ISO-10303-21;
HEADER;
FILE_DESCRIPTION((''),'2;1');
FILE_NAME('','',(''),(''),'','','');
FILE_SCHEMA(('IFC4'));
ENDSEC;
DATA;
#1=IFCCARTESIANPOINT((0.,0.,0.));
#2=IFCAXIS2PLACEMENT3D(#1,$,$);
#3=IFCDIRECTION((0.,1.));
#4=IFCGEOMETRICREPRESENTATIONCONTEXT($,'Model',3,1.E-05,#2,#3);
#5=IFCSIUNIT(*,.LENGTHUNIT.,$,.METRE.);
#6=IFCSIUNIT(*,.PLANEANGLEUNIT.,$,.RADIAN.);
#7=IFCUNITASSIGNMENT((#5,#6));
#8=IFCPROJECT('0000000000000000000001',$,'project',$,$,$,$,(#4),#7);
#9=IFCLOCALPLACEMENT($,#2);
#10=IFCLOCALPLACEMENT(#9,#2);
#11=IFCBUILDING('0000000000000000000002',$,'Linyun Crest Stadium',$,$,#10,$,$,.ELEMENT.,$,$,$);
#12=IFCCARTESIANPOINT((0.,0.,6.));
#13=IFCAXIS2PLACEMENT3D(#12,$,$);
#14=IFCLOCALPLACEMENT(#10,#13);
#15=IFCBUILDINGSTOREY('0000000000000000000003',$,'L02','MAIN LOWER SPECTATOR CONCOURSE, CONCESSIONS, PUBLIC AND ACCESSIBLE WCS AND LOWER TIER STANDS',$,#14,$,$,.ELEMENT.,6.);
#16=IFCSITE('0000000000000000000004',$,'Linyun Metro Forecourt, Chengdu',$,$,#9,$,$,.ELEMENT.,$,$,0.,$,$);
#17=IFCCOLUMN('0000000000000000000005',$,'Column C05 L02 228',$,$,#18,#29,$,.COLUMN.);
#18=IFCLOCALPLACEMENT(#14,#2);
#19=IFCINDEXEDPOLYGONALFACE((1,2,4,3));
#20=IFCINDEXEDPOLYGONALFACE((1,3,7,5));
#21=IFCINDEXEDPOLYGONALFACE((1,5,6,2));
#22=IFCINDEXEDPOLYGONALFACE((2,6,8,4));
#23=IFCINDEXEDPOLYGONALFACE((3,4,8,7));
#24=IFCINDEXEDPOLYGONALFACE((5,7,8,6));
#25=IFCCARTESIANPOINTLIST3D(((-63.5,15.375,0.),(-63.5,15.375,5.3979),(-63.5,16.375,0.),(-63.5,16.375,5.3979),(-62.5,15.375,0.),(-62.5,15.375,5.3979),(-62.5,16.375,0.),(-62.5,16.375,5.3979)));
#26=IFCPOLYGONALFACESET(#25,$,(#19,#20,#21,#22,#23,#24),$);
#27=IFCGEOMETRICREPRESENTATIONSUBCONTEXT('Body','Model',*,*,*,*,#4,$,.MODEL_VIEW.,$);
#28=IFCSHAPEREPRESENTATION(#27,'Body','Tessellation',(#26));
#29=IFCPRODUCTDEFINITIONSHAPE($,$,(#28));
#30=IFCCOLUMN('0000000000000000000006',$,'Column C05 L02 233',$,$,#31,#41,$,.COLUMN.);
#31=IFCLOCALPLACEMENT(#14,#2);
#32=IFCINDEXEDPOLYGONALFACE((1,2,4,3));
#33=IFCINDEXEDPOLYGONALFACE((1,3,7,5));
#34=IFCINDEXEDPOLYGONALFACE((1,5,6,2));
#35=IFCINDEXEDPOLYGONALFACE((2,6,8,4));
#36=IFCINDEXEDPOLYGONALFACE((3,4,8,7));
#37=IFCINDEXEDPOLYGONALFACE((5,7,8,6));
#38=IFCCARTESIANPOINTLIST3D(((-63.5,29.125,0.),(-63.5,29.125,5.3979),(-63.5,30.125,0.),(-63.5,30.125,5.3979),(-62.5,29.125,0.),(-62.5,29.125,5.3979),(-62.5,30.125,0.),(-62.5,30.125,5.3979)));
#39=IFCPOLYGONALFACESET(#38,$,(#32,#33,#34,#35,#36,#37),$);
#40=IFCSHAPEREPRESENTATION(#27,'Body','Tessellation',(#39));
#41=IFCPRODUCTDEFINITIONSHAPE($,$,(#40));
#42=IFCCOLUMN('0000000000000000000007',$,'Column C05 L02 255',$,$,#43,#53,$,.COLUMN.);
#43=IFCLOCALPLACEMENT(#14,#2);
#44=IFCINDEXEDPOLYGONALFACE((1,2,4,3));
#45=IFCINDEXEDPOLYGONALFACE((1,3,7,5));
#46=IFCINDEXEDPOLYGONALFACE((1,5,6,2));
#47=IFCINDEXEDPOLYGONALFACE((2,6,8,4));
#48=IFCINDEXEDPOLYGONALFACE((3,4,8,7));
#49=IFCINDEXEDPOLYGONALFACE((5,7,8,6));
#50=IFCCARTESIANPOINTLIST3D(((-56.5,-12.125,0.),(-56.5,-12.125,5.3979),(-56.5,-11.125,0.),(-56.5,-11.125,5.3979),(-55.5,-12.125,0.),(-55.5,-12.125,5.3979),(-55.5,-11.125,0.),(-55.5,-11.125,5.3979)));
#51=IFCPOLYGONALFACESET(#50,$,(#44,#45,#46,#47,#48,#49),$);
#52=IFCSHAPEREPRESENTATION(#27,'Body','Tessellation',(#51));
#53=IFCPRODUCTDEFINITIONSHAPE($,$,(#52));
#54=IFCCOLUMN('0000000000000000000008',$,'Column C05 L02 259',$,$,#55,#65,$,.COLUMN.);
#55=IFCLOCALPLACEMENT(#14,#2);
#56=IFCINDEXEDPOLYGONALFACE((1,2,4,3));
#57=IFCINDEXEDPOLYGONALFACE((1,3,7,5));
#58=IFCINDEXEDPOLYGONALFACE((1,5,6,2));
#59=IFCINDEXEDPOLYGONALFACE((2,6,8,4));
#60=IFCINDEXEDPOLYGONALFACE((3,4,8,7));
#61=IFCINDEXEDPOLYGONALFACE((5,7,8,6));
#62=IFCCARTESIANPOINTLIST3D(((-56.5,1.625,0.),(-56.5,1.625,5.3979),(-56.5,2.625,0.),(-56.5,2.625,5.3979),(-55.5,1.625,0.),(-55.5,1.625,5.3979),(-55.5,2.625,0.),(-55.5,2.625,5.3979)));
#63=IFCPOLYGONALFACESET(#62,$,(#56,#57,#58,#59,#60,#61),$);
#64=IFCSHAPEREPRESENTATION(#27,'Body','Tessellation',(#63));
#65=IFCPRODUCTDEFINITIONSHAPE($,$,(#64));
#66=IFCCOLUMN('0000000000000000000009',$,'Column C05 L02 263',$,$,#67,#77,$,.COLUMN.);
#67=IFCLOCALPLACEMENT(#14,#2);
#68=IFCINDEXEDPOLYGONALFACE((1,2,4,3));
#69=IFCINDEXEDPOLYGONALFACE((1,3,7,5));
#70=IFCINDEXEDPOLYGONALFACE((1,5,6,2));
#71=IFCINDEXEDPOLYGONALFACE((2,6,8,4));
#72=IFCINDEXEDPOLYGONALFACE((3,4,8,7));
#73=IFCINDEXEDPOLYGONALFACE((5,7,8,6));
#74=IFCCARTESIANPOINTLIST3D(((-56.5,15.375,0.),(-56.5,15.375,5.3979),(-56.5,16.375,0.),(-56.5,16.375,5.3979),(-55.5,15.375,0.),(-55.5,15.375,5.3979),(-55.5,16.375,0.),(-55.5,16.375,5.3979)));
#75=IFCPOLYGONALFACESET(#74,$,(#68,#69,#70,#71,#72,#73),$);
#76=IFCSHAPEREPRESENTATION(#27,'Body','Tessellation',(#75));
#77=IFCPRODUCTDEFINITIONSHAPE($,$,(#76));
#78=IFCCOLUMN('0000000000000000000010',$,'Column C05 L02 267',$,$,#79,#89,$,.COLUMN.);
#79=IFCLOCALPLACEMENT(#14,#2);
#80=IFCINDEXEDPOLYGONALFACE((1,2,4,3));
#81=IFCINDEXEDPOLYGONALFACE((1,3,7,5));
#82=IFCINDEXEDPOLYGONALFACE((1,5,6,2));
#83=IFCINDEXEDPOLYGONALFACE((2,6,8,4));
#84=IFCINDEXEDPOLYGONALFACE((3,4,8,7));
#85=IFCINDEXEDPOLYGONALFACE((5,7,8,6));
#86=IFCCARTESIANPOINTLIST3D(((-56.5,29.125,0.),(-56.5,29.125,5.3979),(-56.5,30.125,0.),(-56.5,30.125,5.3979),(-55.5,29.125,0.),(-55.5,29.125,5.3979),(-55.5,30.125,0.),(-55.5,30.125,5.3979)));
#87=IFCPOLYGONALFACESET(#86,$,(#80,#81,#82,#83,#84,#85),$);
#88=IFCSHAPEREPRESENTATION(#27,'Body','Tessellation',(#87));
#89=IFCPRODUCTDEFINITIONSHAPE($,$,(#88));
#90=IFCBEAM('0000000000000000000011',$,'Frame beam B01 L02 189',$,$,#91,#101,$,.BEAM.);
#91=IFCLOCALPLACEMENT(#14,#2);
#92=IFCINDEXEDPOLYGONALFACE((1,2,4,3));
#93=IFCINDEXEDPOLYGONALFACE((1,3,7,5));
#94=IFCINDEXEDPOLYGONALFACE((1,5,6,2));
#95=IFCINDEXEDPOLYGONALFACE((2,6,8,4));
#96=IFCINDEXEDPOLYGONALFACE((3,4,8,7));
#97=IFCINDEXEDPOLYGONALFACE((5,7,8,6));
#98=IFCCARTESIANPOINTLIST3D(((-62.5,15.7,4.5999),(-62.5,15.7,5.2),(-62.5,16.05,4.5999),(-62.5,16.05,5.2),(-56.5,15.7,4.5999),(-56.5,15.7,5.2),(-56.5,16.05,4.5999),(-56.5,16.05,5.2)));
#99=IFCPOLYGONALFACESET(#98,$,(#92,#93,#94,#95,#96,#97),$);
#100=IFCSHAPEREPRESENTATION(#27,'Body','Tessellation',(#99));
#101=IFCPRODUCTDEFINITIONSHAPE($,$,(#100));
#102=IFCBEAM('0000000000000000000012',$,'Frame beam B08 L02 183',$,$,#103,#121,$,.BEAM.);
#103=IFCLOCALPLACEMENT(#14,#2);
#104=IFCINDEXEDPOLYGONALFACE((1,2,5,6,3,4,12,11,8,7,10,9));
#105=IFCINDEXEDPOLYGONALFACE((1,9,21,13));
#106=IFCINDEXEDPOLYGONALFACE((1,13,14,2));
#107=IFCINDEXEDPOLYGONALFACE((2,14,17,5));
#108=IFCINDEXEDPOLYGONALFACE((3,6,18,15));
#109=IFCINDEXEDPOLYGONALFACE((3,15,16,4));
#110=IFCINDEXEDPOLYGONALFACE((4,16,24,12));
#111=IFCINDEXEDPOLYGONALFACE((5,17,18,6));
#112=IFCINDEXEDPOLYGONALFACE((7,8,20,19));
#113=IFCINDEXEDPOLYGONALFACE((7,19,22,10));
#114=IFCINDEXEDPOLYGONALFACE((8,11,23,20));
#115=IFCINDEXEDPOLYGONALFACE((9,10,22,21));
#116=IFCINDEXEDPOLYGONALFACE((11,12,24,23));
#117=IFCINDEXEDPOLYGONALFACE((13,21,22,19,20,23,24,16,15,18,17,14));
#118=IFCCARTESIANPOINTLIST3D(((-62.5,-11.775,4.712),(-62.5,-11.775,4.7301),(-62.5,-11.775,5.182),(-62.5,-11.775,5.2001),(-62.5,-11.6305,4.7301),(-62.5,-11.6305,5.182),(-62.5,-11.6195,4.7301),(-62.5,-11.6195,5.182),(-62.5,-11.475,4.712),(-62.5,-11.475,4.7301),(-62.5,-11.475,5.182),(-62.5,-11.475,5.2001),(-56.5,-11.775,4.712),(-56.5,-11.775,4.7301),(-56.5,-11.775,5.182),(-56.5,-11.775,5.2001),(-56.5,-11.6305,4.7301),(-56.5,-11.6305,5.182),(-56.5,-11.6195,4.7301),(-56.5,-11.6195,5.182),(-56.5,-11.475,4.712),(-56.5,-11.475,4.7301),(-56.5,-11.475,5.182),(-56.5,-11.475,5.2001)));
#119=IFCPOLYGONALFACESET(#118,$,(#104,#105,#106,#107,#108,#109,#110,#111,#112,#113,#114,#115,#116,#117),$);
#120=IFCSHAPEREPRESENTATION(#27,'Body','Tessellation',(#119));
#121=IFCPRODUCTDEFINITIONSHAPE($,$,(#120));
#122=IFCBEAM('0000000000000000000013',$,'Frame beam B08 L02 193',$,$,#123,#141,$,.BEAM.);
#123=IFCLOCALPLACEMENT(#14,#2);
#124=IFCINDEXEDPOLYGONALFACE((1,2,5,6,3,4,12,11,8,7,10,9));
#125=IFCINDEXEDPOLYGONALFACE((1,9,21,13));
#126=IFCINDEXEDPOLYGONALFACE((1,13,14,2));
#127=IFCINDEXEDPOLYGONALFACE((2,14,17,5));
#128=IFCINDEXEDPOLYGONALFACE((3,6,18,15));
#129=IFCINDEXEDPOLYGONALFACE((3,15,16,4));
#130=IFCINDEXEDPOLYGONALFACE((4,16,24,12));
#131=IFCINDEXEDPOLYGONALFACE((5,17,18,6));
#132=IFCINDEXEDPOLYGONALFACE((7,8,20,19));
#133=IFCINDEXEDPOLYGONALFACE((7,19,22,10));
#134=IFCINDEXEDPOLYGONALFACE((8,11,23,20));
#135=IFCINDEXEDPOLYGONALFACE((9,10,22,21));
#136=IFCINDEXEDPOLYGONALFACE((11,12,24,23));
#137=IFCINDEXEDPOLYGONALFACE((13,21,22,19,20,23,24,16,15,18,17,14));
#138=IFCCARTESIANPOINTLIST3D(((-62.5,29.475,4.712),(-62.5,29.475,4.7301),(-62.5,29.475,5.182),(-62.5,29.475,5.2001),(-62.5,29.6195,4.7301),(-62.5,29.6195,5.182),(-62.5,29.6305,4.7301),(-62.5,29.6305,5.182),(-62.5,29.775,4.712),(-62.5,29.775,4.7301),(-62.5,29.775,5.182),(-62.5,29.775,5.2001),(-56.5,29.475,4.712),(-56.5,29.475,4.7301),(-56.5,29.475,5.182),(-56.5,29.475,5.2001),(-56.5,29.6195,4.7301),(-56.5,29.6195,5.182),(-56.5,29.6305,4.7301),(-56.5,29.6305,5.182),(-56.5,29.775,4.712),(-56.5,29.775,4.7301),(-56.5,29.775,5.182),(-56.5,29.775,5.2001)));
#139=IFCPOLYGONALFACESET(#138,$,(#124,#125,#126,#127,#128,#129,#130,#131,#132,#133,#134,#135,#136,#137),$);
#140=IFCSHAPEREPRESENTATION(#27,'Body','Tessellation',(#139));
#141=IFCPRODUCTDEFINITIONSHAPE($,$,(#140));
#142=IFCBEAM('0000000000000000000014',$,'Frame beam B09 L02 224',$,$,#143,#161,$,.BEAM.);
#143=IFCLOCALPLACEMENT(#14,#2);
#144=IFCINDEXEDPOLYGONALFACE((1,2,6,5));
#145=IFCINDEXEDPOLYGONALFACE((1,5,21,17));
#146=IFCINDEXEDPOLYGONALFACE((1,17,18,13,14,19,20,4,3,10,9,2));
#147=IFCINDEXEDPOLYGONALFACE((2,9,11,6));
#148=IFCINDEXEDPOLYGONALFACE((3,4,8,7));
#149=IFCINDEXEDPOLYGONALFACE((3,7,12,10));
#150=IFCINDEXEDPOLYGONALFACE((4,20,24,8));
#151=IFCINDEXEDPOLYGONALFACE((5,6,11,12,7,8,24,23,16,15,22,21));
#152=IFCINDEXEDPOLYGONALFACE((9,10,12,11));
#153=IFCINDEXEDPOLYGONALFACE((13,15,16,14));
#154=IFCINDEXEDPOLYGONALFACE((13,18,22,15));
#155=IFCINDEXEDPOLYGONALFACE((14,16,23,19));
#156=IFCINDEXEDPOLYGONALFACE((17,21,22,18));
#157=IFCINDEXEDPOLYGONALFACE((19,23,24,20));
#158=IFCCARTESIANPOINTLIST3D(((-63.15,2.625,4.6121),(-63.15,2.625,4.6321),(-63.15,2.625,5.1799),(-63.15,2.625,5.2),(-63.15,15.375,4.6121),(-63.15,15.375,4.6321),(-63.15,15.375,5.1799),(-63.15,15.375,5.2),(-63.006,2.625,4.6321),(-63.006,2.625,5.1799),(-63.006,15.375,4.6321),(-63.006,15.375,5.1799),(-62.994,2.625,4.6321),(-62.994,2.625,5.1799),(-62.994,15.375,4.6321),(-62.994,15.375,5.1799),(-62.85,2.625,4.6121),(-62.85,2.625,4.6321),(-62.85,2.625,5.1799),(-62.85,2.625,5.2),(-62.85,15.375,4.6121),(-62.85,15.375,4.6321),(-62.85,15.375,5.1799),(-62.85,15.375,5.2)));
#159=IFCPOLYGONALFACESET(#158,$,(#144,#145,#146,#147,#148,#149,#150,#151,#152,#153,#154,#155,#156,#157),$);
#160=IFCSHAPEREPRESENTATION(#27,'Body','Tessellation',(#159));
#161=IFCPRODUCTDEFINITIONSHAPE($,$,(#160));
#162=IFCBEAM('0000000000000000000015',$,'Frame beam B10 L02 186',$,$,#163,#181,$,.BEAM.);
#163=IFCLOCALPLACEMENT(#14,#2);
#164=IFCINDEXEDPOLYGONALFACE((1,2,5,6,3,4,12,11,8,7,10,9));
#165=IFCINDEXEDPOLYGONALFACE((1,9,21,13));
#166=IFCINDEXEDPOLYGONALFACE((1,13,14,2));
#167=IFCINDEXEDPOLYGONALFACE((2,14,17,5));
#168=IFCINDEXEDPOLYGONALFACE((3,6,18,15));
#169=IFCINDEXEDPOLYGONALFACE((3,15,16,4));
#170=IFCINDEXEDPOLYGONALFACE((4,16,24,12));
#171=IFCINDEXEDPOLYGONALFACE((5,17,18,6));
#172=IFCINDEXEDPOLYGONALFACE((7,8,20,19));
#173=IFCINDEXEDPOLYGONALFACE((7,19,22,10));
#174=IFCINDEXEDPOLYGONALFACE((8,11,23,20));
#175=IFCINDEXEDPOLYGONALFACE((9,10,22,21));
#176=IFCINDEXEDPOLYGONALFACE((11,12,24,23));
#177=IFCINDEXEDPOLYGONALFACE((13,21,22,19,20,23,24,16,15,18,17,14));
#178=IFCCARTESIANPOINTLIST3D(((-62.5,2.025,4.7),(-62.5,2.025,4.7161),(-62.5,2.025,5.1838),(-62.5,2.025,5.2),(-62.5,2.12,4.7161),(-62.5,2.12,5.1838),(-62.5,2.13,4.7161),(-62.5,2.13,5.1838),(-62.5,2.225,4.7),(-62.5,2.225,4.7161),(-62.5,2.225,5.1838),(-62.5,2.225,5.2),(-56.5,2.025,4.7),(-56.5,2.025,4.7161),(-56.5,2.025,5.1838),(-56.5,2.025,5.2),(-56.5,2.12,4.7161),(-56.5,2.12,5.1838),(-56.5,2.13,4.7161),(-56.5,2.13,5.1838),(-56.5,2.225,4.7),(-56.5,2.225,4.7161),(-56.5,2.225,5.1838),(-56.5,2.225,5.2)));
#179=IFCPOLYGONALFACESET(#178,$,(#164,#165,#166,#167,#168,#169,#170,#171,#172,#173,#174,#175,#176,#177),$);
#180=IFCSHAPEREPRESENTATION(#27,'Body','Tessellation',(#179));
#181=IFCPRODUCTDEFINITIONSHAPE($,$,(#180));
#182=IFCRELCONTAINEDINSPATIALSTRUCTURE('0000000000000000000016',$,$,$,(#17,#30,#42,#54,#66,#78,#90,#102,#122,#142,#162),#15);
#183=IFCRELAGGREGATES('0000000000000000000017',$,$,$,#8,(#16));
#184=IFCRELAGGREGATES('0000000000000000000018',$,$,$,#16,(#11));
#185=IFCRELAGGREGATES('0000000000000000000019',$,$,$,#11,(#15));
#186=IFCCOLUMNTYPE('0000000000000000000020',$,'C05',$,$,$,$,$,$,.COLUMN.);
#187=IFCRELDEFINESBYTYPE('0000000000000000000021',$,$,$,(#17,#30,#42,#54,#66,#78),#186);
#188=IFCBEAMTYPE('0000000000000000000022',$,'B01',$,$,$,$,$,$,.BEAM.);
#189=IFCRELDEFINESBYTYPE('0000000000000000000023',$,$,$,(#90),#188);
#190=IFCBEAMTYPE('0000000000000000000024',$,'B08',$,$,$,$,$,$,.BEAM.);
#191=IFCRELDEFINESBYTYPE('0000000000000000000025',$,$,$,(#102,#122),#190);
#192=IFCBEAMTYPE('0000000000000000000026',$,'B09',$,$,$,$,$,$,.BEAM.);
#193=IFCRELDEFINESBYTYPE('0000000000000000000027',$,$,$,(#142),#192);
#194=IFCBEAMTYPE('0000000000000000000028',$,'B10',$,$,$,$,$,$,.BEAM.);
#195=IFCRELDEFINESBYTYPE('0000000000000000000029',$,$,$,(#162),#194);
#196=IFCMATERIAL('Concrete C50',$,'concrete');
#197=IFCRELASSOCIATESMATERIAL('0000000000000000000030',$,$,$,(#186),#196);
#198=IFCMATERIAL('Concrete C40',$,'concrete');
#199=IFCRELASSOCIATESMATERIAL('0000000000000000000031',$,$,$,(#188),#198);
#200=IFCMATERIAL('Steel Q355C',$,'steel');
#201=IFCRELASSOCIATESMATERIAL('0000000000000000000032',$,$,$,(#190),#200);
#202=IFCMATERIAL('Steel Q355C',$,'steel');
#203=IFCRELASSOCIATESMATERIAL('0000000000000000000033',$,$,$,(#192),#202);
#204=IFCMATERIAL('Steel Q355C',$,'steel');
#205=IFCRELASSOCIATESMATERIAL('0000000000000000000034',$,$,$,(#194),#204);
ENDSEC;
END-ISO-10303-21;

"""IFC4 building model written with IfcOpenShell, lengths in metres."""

from ifc_helpers import new_model, si_unit, direction, frame, origin, origin_2d, place, context, subcontext, project, spatial, rectangle, i_section, extrude, material, material_profile, profile_set, type_object, element, save


model = new_model("IFC4")

# Units and contexts
model_context = context("Model", 3, precision=1e-05, world=origin(), true_north=direction((0.0, 1.0)))
body_context = subcontext(model_context, "Body", "Model", "MODEL_VIEW")
ifc_project = project(units=[si_unit("LENGTHUNIT", "METRE"), si_unit("PLANEANGLEUNIT", "RADIAN")], contexts=[model_context])

# Site, building, storey
site_placement = place(None, origin())
site = spatial("IfcSite", under=ifc_project, at=site_placement, Name="Linyun Metro Forecourt, Chengdu", CompositionType="ELEMENT", RefElevation=0.0)
building_placement = place(site_placement, origin())
building = spatial("IfcBuilding", under=site, at=building_placement, Name="Linyun Crest Stadium", CompositionType="ELEMENT")
storey_placement = place(building_placement, frame((0.0, 0.0, 6.0)))
storey = spatial("IfcBuildingStorey", under=building, at=storey_placement, Name="L02", Description="MAIN LOWER SPECTATOR CONCOURSE, CONCESSIONS, PUBLIC AND ACCESSIBLE WCS AND LOWER TIER STANDS", CompositionType="ELEMENT", Elevation=6.0)

# Columns
ifc_material_1 = material(Name="Concrete C50", Category="concrete")
ifc_material_profile_1 = material_profile(ifc_material_1, rectangle(XDim=1.0, YDim=1.0, at=origin_2d()), Name="RC 1000x1000")
ifc_profile_set_1 = profile_set([ifc_material_profile_1], Name="Concrete C50")
column_type = type_object("IfcColumnType", Name="C05", PredefinedType="COLUMN", material=ifc_profile_set_1)
for number, where, z_axis, x_axis, name in (
    (1, (-63.0, 15.875, 0.0), (0.0, 0.0, 1.0), (1.0, 0.0, 0.0), "Column C05 L02 228"),
    (2, (-63.0, 29.625, 0.0), (0.0, 0.0, 1.0), (1.0, 0.0, 0.0), "Column C05 L02 233"),
    (3, (-56.0, -11.625, 0.0), (0.0, 0.0, 1.0), (1.0, 0.0, 0.0), "Column C05 L02 255"),
    (4, (-56.0, 2.125, 0.0), (0.0, 0.0, 1.0), (1.0, 0.0, 0.0), "Column C05 L02 259"),
    (5, (-56.0, 15.875, 0.0), (0.0, 0.0, 1.0), (1.0, 0.0, 0.0), "Column C05 L02 263"),
    (6, (-56.0, 29.625, 0.0), (0.0, 0.0, 1.0), (1.0, 0.0, 0.0), "Column C05 L02 267"),
):
    element("IfcColumn", number, at=place(storey_placement, frame(where, z_axis=z_axis, x_axis=x_axis)), inside=storey, type_object=column_type, Name=name, PredefinedType="COLUMN", context=body_context, shape_type="SweptSolid", body=[
        extrude(rectangle(XDim=1.0, YDim=1.0, at=origin_2d()), origin(), (0.0, 0.0, 1.0), 5.3979),
    ])

# Beams
ifc_material_2 = material(Name="Concrete C40", Category="concrete")
ifc_material_profile_2 = material_profile(ifc_material_2, rectangle(XDim=0.3501, YDim=0.6001, at=origin_2d()), Name="RCB 600x350")
ifc_profile_set_2 = profile_set([ifc_material_profile_2], Name="Concrete C40")
beam_type_1 = type_object("IfcBeamType", Name="B01", PredefinedType="BEAM", material=ifc_profile_set_2)
beam_1_placement = place(storey_placement, frame((-62.5, 15.875, 4.8999), z_axis=(1.0, 0.0, 0.0), x_axis=(0.0, 1.0, 0.0)))
element("IfcBeam", 7, at=beam_1_placement, inside=storey, type_object=beam_type_1, Name="Frame beam B01 L02 189", PredefinedType="BEAM", context=body_context, shape_type="SweptSolid", body=[
    extrude(rectangle(XDim=0.3501, YDim=0.6001, at=origin_2d()), origin(), (0.0, 0.0, 1.0), 6.0),
])
ifc_material_3 = material(Name="Steel Q355C", Category="steel")
ifc_material_profile_3 = material_profile(ifc_material_3, i_section(OverallWidth=0.3, OverallDepth=0.488, WebThickness=0.011, FlangeThickness=0.0181, at=origin_2d()), Name="HM 488x300")
ifc_profile_set_3 = profile_set([ifc_material_profile_3], Name="Steel Q355C")
beam_type_2 = type_object("IfcBeamType", Name="B08", PredefinedType="BEAM", material=ifc_profile_set_3)
for number, where, z_axis, x_axis, name in (
    (8, (-62.5, -11.625, 4.9561), (1.0, 0.0, 0.0), (0.0, 1.0, 0.0), "Frame beam B08 L02 183"),
    (9, (-62.5, 29.625, 4.9561), (1.0, 0.0, 0.0), (0.0, 1.0, 0.0), "Frame beam B08 L02 193"),
):
    element("IfcBeam", number, at=place(storey_placement, frame(where, z_axis=z_axis, x_axis=x_axis)), inside=storey, type_object=beam_type_2, Name=name, PredefinedType="BEAM", context=body_context, shape_type="SweptSolid", body=[
        extrude(i_section(OverallWidth=0.3, OverallDepth=0.488, WebThickness=0.011, FlangeThickness=0.0181, at=origin_2d()), origin(), (0.0, 0.0, 1.0), 6.0),
    ])
ifc_material_4 = material(Name="Steel Q355C", Category="steel")
ifc_material_profile_4 = material_profile(ifc_material_4, i_section(OverallWidth=0.3, OverallDepth=0.5879, WebThickness=0.012, FlangeThickness=0.02, at=origin_2d()), Name="HM 588x300")
ifc_profile_set_4 = profile_set([ifc_material_profile_4], Name="Steel Q355C")
beam_type_3 = type_object("IfcBeamType", Name="B09", PredefinedType="BEAM", material=ifc_profile_set_4)
beam_2_placement = place(storey_placement, frame((-63.0, 2.625, 4.906), z_axis=(0.0, 1.0, 0.0), x_axis=(-1.0, 0.0, 0.0)))
element("IfcBeam", 10, at=beam_2_placement, inside=storey, type_object=beam_type_3, Name="Frame beam B09 L02 224", PredefinedType="BEAM", context=body_context, shape_type="SweptSolid", body=[
    extrude(i_section(OverallWidth=0.3, OverallDepth=0.5879, WebThickness=0.012, FlangeThickness=0.02, at=origin_2d()), origin(), (0.0, 0.0, 1.0), 12.75),
])
ifc_material_5 = material(Name="Steel Q355C", Category="steel")
ifc_material_profile_5 = material_profile(ifc_material_5, i_section(OverallWidth=0.2, OverallDepth=0.5, WebThickness=0.01, FlangeThickness=0.0161, at=origin_2d()), Name="HN 500x200")
ifc_profile_set_5 = profile_set([ifc_material_profile_5], Name="Steel Q355C")
beam_type_4 = type_object("IfcBeamType", Name="B10", PredefinedType="BEAM", material=ifc_profile_set_5)
beam_3_placement = place(storey_placement, frame((-62.5, 2.125, 4.95), z_axis=(1.0, 0.0, 0.0), x_axis=(0.0, 1.0, 0.0)))
element("IfcBeam", 11, at=beam_3_placement, inside=storey, type_object=beam_type_4, Name="Frame beam B10 L02 186", PredefinedType="BEAM", context=body_context, shape_type="SweptSolid", body=[
    extrude(i_section(OverallWidth=0.2, OverallDepth=0.5, WebThickness=0.01, FlangeThickness=0.0161, at=origin_2d()), origin(), (0.0, 0.0, 1.0), 6.0),
])

save(model, "model.ifc")
